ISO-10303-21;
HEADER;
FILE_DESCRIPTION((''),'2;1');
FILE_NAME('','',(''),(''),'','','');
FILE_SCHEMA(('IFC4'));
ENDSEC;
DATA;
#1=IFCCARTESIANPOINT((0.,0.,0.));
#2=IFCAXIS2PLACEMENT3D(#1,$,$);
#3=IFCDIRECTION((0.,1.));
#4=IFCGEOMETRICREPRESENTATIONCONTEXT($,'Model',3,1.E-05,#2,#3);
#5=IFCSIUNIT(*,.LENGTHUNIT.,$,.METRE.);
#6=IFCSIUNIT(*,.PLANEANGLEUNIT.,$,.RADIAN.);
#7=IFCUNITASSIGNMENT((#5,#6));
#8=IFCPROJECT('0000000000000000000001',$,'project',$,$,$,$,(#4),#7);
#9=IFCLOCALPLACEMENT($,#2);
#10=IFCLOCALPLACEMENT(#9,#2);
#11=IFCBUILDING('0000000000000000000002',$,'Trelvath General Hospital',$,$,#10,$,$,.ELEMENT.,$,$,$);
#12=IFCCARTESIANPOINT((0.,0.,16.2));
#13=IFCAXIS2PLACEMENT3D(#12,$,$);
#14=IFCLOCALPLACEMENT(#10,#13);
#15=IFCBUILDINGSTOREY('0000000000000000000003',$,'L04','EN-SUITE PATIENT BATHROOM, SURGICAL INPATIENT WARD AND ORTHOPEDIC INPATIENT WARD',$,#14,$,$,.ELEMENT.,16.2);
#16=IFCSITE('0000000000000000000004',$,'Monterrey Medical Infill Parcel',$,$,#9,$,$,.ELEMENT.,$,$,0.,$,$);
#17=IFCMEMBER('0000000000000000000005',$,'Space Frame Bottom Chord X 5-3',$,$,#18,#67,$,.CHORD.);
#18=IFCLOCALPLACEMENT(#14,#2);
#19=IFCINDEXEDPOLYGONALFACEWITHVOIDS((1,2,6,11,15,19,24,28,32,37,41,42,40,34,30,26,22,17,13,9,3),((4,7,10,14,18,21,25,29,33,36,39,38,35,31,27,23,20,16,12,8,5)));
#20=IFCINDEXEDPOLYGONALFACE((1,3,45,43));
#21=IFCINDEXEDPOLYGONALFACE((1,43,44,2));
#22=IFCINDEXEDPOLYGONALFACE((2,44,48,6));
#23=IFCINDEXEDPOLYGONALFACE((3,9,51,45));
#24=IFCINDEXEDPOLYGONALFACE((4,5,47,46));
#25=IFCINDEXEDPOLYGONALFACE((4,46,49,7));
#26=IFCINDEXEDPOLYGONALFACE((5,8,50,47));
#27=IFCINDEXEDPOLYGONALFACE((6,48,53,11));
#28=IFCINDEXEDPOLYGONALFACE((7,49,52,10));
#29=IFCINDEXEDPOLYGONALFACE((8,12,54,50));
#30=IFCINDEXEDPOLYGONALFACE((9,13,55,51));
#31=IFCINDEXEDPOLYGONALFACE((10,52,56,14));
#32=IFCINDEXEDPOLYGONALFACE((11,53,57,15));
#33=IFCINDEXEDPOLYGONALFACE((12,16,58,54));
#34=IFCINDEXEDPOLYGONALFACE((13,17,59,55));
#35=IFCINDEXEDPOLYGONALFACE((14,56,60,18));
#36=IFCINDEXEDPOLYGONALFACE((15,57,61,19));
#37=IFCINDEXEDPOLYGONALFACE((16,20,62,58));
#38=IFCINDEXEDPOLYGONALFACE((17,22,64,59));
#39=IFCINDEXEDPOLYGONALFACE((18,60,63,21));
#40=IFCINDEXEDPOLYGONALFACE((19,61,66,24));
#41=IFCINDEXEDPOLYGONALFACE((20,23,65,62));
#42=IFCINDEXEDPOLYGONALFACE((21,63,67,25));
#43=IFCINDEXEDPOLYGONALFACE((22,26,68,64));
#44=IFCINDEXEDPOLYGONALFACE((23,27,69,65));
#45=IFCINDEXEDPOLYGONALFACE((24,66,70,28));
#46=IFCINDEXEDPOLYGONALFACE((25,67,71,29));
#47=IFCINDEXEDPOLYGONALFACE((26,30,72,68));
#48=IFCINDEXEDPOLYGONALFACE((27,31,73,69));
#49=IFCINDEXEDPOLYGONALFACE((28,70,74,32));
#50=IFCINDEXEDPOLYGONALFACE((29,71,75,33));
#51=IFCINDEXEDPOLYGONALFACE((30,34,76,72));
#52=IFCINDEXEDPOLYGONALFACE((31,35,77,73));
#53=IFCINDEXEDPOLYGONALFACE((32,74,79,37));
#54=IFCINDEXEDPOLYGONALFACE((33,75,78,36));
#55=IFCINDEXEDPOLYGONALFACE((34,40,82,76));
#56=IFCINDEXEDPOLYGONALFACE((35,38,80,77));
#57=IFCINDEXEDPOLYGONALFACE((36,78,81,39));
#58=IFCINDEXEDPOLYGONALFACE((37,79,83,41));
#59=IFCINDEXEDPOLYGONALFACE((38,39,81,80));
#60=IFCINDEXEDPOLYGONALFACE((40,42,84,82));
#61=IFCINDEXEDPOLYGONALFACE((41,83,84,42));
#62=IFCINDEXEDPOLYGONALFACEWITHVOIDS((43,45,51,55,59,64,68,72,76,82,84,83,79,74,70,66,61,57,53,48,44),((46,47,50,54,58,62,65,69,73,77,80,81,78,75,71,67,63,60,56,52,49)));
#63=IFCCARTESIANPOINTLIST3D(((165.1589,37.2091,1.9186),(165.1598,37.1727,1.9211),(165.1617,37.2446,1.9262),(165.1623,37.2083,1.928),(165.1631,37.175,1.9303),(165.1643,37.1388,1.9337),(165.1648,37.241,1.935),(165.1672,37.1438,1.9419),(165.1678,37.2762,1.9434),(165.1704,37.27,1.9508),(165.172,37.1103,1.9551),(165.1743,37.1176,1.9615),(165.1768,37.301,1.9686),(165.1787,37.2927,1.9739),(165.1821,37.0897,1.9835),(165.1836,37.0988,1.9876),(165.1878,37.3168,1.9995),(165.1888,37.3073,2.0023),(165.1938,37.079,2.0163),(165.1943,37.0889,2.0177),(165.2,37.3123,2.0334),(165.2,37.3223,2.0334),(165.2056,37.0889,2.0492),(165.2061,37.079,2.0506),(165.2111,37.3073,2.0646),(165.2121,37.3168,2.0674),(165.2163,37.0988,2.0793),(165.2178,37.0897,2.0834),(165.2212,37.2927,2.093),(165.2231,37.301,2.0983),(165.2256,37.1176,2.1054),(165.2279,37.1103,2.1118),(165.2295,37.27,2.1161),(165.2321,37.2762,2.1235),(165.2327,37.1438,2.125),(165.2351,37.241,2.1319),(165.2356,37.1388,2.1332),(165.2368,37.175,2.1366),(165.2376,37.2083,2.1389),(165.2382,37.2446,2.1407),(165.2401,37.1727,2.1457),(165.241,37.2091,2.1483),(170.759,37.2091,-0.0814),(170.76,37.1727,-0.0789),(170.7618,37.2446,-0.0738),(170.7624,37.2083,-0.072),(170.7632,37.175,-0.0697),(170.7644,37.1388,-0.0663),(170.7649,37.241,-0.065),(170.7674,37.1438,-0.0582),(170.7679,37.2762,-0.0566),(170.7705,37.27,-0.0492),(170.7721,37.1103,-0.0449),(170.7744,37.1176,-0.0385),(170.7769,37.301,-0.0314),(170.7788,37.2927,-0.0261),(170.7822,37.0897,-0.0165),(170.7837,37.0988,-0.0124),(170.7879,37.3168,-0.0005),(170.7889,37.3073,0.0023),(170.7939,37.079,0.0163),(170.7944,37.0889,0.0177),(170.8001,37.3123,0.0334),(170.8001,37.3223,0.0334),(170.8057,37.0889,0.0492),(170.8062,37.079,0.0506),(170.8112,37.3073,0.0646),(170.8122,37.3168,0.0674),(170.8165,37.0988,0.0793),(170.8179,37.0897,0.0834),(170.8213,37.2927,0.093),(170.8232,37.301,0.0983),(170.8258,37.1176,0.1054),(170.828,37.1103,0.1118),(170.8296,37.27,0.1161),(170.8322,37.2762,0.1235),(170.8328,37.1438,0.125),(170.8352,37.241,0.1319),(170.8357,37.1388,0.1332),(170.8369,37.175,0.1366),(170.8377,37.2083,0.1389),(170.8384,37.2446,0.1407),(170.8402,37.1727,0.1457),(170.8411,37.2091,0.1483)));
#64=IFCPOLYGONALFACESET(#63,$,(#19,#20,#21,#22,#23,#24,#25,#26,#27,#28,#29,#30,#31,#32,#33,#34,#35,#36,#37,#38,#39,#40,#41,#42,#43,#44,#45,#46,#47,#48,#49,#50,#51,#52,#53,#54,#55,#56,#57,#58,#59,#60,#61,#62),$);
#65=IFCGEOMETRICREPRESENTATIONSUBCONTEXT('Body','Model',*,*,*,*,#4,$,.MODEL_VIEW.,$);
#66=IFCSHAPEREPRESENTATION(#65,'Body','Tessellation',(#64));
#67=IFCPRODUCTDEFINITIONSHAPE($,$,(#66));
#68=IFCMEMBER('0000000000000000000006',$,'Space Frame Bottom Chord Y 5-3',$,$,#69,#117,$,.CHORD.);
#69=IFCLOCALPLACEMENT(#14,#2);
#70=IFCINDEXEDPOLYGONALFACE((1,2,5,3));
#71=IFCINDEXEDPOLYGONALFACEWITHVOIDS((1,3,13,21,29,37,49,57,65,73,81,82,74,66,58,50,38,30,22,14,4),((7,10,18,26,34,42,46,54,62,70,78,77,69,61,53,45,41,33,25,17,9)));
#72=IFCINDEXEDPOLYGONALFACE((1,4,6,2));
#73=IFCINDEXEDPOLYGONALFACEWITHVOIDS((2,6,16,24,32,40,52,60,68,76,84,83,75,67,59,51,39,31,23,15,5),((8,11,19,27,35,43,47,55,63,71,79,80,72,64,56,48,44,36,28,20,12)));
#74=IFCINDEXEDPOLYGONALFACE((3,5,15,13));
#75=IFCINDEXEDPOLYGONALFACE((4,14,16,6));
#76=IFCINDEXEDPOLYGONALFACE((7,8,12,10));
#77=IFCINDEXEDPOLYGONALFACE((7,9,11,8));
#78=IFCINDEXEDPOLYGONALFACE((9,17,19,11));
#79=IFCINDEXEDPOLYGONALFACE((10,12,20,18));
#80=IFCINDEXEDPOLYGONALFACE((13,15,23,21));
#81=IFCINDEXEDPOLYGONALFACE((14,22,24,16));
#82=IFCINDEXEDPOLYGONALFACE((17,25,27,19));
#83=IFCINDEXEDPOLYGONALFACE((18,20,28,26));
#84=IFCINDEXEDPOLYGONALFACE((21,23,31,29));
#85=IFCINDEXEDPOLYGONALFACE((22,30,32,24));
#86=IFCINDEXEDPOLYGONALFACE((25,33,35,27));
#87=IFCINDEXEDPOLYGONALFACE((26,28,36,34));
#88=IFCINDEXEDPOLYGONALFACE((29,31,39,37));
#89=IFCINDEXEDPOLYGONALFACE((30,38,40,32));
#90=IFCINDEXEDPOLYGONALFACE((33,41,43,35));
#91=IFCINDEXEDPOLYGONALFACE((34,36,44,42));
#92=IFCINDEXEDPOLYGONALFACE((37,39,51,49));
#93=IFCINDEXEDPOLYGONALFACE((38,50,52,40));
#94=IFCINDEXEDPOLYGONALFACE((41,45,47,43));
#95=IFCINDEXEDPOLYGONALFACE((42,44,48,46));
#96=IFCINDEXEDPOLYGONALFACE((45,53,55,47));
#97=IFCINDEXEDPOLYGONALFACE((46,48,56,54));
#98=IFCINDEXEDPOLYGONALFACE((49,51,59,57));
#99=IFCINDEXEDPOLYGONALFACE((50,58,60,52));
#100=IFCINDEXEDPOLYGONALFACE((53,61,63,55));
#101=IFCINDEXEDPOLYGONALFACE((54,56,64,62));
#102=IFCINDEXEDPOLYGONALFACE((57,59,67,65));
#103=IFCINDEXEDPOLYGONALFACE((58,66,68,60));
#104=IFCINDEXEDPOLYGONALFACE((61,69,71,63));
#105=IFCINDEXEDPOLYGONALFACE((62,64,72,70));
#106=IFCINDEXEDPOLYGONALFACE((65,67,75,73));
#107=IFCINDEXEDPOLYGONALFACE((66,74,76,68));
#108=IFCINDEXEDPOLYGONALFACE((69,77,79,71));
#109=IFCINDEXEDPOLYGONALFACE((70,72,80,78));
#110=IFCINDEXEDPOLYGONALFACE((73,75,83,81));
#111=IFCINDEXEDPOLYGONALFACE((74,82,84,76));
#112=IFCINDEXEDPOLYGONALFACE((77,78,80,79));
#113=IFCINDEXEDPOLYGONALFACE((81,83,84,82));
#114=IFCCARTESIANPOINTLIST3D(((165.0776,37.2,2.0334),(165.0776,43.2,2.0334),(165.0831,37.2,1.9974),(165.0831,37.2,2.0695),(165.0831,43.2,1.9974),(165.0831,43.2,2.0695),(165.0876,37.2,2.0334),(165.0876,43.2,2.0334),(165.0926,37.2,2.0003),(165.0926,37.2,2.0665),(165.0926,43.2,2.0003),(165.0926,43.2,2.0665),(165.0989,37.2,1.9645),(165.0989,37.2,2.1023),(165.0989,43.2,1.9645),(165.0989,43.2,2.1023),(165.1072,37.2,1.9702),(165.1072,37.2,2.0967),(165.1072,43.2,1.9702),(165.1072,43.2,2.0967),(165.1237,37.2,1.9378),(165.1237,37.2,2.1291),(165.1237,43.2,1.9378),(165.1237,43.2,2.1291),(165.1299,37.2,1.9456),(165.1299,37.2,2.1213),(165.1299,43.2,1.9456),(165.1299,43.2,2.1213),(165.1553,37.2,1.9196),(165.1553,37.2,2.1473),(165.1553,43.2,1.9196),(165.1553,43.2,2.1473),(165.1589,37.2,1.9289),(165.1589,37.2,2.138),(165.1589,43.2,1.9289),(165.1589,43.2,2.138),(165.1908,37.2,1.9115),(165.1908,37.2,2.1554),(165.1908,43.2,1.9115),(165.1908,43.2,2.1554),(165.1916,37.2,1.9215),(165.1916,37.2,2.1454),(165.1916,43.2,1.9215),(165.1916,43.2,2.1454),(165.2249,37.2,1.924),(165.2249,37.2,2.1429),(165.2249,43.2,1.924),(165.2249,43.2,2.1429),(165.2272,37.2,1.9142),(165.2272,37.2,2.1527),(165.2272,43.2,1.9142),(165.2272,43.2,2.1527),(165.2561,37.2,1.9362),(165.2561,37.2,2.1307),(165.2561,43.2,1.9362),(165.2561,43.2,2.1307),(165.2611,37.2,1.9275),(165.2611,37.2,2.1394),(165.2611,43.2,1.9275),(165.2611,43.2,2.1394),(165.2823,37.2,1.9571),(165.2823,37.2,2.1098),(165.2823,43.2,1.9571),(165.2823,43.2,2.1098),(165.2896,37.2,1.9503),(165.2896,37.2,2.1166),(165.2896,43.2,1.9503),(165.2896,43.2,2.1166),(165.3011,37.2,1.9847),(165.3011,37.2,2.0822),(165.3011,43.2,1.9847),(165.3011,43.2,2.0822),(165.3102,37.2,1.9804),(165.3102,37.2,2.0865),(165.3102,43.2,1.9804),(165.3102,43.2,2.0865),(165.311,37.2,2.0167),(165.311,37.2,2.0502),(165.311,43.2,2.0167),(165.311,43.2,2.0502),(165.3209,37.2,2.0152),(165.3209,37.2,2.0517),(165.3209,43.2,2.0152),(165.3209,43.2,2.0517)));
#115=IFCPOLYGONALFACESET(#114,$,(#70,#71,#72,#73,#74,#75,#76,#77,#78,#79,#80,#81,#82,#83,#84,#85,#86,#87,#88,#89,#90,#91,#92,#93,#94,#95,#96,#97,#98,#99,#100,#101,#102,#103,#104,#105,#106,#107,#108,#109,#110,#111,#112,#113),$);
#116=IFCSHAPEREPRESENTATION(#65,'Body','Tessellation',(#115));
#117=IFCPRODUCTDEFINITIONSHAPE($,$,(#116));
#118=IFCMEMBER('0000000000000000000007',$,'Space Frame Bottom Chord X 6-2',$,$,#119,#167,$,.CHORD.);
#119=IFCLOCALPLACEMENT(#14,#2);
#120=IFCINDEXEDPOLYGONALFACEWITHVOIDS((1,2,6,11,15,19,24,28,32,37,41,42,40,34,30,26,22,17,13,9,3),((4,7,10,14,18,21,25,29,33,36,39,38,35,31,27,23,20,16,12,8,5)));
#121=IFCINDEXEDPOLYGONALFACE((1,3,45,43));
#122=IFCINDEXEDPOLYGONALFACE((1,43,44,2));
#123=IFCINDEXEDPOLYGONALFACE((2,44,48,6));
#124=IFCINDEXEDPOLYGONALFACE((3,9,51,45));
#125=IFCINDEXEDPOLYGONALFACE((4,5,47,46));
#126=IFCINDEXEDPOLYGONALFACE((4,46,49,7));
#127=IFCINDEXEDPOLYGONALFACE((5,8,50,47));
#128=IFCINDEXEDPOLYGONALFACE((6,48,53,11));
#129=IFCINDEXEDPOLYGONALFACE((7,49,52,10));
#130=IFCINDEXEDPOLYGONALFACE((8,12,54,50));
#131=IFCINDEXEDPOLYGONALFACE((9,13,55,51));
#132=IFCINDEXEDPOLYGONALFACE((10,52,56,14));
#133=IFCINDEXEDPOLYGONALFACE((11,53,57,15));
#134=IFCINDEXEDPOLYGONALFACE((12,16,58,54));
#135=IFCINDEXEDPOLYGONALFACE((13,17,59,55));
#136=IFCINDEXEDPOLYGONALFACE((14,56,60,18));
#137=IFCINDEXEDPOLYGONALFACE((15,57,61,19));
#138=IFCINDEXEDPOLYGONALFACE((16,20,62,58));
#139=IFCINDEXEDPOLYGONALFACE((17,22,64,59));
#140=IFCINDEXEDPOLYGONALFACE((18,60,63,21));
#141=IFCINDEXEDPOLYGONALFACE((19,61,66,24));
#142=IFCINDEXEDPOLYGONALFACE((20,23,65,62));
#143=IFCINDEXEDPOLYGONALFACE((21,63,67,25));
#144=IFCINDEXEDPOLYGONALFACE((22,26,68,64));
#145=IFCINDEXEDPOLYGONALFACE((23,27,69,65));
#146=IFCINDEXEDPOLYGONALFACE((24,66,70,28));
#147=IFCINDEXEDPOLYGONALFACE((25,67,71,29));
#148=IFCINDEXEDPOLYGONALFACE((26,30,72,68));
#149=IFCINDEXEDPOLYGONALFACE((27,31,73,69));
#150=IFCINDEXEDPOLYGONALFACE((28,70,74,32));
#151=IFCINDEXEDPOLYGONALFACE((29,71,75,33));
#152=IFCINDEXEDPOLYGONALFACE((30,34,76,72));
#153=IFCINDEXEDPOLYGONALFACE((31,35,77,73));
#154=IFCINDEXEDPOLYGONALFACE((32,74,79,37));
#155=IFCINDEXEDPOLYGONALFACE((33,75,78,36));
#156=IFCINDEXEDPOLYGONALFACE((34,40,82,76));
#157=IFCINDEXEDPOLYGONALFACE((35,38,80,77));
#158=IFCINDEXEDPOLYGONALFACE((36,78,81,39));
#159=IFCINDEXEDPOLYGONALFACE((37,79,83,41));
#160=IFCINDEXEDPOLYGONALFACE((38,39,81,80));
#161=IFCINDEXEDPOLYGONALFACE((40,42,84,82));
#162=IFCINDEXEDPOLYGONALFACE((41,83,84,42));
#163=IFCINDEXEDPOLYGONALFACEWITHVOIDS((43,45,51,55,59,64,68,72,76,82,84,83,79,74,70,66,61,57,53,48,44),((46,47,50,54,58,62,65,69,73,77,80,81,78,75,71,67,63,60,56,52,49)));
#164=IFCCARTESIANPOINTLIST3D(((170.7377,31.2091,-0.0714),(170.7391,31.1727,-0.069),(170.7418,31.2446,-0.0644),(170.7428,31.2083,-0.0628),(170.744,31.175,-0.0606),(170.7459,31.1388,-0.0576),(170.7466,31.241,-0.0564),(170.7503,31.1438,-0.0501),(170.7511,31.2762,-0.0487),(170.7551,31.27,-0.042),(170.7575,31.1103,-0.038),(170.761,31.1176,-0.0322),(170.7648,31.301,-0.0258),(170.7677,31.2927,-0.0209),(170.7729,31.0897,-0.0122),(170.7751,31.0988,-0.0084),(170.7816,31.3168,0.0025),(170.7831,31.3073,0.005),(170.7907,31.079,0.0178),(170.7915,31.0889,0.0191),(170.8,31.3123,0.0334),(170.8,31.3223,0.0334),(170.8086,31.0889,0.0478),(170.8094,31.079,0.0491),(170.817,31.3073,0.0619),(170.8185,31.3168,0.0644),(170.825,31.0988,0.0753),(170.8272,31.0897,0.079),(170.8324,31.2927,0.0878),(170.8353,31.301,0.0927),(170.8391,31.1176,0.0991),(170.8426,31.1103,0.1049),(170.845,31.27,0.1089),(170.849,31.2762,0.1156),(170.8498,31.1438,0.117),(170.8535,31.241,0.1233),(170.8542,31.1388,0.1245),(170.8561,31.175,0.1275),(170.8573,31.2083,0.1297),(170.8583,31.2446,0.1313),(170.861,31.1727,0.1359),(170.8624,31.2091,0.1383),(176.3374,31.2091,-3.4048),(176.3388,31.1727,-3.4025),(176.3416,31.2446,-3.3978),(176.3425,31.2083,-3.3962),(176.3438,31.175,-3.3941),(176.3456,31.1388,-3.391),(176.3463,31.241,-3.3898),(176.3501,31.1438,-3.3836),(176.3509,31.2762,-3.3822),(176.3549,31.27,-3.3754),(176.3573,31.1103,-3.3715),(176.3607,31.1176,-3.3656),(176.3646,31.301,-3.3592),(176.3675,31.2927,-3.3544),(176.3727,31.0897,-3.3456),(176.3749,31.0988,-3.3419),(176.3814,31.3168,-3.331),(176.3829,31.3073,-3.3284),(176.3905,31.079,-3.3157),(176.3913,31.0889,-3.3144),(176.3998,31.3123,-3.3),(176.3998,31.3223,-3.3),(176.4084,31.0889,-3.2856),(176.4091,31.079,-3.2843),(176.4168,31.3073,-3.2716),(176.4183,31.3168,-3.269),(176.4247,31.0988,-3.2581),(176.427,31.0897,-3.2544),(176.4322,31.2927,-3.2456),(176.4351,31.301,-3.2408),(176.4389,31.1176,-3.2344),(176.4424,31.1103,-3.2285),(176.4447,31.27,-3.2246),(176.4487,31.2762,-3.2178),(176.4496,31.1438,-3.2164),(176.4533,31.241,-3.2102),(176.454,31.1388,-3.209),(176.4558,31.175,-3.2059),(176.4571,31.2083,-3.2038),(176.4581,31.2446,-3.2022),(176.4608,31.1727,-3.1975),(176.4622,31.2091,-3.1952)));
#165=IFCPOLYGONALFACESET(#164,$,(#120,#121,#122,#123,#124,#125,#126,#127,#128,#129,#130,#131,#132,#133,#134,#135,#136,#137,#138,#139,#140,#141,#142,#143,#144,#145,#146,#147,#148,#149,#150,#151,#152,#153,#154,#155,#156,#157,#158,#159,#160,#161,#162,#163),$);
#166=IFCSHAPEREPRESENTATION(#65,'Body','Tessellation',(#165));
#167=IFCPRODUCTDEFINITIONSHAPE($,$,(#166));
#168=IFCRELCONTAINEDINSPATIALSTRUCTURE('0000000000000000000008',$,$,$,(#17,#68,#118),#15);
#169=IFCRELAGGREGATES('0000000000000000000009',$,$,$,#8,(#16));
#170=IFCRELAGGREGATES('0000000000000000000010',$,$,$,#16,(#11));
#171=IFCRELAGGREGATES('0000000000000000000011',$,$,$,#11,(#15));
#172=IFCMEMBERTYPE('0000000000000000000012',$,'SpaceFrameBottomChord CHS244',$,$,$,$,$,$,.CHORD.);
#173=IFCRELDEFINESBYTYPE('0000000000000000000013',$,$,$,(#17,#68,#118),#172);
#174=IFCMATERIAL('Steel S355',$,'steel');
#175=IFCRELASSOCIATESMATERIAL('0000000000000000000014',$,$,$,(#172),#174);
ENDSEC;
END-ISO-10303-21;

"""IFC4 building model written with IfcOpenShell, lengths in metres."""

from ifc_helpers import new_model, si_unit, direction, frame, origin, origin_2d, place, context, subcontext, project, spatial, hollow_circle, extrude, material, material_profile, profile_set, type_object, element, save


model = new_model("IFC4")

# Units and contexts
model_context = context("Model", 3, precision=1e-05, world=origin(), true_north=direction((0.0, 1.0)))
body_context = subcontext(model_context, "Body", "Model", "MODEL_VIEW")
ifc_project = project(units=[si_unit("LENGTHUNIT", "METRE"), si_unit("PLANEANGLEUNIT", "RADIAN")], contexts=[model_context])

# Site, building, storey
site_placement = place(None, origin())
site = spatial("IfcSite", under=ifc_project, at=site_placement, Name="Monterrey Medical Infill Parcel", CompositionType="ELEMENT", RefElevation=0.0)
building_placement = place(site_placement, origin())
building = spatial("IfcBuilding", under=site, at=building_placement, Name="Trelvath General Hospital", CompositionType="ELEMENT")
storey_placement = place(building_placement, frame((0.0, 0.0, 16.2)))
storey = spatial("IfcBuildingStorey", under=building, at=storey_placement, Name="L04", Description="EN-SUITE PATIENT BATHROOM, SURGICAL INPATIENT WARD AND ORTHOPEDIC INPATIENT WARD", CompositionType="ELEMENT", Elevation=16.2)

# Members
ifc_material_1 = material(Name="Steel S355", Category="steel")
ifc_material_profile_1 = material_profile(ifc_material_1, hollow_circle(Radius=0.1223, WallThickness=0.01, at=origin_2d()), Name="CHS244.5x10.0")
ifc_profile_set_1 = profile_set([ifc_material_profile_1], Name="Steel S355")
member_type_1 = type_object("IfcMemberType", Name="SpaceFrameBottomChord CHS244", PredefinedType="CHORD", material=ifc_profile_set_1)
member_1_placement = place(storey_placement, frame((165.2, 37.2, 2.0334), z_axis=(0.941744, 0.0, -0.336331), x_axis=(0.0, 1.0, 0.0)))
element("IfcMember", 1, at=member_1_placement, inside=storey, type_object=member_type_1, Name="Space Frame Bottom Chord X 5-3", PredefinedType="CHORD", context=body_context, shape_type="SweptSolid", body=[
    extrude(hollow_circle(Radius=0.1223, WallThickness=0.01, at=origin_2d()), origin(), (0.0, 0.0, 1.0), 5.9465),
])
member_2_placement = place(storey_placement, frame((165.2, 37.2, 2.0334), z_axis=(0.0, 1.0, 0.0), x_axis=(-1.0, 0.0, 0.0)))
element("IfcMember", 2, at=member_2_placement, inside=storey, type_object=member_type_1, Name="Space Frame Bottom Chord Y 5-3", PredefinedType="CHORD", context=body_context, shape_type="SweptSolid", body=[
    extrude(hollow_circle(Radius=0.1223, WallThickness=0.01, at=origin_2d()), origin(), (0.0, 0.0, 1.0), 6.0),
])
member_3_placement = place(storey_placement, frame((170.8, 31.2, 0.0334), z_axis=(0.859276, 0.0, -0.511512), x_axis=(0.0, 1.0, 0.0)))
element("IfcMember", 3, at=member_3_placement, inside=storey, type_object=member_type_1, Name="Space Frame Bottom Chord X 6-2", PredefinedType="CHORD", context=body_context, shape_type="SweptSolid", body=[
    extrude(hollow_circle(Radius=0.1223, WallThickness=0.01, at=origin_2d()), origin(), (0.0, 0.0, 1.0), 6.5168),
])

save(model, "model.ifc")
